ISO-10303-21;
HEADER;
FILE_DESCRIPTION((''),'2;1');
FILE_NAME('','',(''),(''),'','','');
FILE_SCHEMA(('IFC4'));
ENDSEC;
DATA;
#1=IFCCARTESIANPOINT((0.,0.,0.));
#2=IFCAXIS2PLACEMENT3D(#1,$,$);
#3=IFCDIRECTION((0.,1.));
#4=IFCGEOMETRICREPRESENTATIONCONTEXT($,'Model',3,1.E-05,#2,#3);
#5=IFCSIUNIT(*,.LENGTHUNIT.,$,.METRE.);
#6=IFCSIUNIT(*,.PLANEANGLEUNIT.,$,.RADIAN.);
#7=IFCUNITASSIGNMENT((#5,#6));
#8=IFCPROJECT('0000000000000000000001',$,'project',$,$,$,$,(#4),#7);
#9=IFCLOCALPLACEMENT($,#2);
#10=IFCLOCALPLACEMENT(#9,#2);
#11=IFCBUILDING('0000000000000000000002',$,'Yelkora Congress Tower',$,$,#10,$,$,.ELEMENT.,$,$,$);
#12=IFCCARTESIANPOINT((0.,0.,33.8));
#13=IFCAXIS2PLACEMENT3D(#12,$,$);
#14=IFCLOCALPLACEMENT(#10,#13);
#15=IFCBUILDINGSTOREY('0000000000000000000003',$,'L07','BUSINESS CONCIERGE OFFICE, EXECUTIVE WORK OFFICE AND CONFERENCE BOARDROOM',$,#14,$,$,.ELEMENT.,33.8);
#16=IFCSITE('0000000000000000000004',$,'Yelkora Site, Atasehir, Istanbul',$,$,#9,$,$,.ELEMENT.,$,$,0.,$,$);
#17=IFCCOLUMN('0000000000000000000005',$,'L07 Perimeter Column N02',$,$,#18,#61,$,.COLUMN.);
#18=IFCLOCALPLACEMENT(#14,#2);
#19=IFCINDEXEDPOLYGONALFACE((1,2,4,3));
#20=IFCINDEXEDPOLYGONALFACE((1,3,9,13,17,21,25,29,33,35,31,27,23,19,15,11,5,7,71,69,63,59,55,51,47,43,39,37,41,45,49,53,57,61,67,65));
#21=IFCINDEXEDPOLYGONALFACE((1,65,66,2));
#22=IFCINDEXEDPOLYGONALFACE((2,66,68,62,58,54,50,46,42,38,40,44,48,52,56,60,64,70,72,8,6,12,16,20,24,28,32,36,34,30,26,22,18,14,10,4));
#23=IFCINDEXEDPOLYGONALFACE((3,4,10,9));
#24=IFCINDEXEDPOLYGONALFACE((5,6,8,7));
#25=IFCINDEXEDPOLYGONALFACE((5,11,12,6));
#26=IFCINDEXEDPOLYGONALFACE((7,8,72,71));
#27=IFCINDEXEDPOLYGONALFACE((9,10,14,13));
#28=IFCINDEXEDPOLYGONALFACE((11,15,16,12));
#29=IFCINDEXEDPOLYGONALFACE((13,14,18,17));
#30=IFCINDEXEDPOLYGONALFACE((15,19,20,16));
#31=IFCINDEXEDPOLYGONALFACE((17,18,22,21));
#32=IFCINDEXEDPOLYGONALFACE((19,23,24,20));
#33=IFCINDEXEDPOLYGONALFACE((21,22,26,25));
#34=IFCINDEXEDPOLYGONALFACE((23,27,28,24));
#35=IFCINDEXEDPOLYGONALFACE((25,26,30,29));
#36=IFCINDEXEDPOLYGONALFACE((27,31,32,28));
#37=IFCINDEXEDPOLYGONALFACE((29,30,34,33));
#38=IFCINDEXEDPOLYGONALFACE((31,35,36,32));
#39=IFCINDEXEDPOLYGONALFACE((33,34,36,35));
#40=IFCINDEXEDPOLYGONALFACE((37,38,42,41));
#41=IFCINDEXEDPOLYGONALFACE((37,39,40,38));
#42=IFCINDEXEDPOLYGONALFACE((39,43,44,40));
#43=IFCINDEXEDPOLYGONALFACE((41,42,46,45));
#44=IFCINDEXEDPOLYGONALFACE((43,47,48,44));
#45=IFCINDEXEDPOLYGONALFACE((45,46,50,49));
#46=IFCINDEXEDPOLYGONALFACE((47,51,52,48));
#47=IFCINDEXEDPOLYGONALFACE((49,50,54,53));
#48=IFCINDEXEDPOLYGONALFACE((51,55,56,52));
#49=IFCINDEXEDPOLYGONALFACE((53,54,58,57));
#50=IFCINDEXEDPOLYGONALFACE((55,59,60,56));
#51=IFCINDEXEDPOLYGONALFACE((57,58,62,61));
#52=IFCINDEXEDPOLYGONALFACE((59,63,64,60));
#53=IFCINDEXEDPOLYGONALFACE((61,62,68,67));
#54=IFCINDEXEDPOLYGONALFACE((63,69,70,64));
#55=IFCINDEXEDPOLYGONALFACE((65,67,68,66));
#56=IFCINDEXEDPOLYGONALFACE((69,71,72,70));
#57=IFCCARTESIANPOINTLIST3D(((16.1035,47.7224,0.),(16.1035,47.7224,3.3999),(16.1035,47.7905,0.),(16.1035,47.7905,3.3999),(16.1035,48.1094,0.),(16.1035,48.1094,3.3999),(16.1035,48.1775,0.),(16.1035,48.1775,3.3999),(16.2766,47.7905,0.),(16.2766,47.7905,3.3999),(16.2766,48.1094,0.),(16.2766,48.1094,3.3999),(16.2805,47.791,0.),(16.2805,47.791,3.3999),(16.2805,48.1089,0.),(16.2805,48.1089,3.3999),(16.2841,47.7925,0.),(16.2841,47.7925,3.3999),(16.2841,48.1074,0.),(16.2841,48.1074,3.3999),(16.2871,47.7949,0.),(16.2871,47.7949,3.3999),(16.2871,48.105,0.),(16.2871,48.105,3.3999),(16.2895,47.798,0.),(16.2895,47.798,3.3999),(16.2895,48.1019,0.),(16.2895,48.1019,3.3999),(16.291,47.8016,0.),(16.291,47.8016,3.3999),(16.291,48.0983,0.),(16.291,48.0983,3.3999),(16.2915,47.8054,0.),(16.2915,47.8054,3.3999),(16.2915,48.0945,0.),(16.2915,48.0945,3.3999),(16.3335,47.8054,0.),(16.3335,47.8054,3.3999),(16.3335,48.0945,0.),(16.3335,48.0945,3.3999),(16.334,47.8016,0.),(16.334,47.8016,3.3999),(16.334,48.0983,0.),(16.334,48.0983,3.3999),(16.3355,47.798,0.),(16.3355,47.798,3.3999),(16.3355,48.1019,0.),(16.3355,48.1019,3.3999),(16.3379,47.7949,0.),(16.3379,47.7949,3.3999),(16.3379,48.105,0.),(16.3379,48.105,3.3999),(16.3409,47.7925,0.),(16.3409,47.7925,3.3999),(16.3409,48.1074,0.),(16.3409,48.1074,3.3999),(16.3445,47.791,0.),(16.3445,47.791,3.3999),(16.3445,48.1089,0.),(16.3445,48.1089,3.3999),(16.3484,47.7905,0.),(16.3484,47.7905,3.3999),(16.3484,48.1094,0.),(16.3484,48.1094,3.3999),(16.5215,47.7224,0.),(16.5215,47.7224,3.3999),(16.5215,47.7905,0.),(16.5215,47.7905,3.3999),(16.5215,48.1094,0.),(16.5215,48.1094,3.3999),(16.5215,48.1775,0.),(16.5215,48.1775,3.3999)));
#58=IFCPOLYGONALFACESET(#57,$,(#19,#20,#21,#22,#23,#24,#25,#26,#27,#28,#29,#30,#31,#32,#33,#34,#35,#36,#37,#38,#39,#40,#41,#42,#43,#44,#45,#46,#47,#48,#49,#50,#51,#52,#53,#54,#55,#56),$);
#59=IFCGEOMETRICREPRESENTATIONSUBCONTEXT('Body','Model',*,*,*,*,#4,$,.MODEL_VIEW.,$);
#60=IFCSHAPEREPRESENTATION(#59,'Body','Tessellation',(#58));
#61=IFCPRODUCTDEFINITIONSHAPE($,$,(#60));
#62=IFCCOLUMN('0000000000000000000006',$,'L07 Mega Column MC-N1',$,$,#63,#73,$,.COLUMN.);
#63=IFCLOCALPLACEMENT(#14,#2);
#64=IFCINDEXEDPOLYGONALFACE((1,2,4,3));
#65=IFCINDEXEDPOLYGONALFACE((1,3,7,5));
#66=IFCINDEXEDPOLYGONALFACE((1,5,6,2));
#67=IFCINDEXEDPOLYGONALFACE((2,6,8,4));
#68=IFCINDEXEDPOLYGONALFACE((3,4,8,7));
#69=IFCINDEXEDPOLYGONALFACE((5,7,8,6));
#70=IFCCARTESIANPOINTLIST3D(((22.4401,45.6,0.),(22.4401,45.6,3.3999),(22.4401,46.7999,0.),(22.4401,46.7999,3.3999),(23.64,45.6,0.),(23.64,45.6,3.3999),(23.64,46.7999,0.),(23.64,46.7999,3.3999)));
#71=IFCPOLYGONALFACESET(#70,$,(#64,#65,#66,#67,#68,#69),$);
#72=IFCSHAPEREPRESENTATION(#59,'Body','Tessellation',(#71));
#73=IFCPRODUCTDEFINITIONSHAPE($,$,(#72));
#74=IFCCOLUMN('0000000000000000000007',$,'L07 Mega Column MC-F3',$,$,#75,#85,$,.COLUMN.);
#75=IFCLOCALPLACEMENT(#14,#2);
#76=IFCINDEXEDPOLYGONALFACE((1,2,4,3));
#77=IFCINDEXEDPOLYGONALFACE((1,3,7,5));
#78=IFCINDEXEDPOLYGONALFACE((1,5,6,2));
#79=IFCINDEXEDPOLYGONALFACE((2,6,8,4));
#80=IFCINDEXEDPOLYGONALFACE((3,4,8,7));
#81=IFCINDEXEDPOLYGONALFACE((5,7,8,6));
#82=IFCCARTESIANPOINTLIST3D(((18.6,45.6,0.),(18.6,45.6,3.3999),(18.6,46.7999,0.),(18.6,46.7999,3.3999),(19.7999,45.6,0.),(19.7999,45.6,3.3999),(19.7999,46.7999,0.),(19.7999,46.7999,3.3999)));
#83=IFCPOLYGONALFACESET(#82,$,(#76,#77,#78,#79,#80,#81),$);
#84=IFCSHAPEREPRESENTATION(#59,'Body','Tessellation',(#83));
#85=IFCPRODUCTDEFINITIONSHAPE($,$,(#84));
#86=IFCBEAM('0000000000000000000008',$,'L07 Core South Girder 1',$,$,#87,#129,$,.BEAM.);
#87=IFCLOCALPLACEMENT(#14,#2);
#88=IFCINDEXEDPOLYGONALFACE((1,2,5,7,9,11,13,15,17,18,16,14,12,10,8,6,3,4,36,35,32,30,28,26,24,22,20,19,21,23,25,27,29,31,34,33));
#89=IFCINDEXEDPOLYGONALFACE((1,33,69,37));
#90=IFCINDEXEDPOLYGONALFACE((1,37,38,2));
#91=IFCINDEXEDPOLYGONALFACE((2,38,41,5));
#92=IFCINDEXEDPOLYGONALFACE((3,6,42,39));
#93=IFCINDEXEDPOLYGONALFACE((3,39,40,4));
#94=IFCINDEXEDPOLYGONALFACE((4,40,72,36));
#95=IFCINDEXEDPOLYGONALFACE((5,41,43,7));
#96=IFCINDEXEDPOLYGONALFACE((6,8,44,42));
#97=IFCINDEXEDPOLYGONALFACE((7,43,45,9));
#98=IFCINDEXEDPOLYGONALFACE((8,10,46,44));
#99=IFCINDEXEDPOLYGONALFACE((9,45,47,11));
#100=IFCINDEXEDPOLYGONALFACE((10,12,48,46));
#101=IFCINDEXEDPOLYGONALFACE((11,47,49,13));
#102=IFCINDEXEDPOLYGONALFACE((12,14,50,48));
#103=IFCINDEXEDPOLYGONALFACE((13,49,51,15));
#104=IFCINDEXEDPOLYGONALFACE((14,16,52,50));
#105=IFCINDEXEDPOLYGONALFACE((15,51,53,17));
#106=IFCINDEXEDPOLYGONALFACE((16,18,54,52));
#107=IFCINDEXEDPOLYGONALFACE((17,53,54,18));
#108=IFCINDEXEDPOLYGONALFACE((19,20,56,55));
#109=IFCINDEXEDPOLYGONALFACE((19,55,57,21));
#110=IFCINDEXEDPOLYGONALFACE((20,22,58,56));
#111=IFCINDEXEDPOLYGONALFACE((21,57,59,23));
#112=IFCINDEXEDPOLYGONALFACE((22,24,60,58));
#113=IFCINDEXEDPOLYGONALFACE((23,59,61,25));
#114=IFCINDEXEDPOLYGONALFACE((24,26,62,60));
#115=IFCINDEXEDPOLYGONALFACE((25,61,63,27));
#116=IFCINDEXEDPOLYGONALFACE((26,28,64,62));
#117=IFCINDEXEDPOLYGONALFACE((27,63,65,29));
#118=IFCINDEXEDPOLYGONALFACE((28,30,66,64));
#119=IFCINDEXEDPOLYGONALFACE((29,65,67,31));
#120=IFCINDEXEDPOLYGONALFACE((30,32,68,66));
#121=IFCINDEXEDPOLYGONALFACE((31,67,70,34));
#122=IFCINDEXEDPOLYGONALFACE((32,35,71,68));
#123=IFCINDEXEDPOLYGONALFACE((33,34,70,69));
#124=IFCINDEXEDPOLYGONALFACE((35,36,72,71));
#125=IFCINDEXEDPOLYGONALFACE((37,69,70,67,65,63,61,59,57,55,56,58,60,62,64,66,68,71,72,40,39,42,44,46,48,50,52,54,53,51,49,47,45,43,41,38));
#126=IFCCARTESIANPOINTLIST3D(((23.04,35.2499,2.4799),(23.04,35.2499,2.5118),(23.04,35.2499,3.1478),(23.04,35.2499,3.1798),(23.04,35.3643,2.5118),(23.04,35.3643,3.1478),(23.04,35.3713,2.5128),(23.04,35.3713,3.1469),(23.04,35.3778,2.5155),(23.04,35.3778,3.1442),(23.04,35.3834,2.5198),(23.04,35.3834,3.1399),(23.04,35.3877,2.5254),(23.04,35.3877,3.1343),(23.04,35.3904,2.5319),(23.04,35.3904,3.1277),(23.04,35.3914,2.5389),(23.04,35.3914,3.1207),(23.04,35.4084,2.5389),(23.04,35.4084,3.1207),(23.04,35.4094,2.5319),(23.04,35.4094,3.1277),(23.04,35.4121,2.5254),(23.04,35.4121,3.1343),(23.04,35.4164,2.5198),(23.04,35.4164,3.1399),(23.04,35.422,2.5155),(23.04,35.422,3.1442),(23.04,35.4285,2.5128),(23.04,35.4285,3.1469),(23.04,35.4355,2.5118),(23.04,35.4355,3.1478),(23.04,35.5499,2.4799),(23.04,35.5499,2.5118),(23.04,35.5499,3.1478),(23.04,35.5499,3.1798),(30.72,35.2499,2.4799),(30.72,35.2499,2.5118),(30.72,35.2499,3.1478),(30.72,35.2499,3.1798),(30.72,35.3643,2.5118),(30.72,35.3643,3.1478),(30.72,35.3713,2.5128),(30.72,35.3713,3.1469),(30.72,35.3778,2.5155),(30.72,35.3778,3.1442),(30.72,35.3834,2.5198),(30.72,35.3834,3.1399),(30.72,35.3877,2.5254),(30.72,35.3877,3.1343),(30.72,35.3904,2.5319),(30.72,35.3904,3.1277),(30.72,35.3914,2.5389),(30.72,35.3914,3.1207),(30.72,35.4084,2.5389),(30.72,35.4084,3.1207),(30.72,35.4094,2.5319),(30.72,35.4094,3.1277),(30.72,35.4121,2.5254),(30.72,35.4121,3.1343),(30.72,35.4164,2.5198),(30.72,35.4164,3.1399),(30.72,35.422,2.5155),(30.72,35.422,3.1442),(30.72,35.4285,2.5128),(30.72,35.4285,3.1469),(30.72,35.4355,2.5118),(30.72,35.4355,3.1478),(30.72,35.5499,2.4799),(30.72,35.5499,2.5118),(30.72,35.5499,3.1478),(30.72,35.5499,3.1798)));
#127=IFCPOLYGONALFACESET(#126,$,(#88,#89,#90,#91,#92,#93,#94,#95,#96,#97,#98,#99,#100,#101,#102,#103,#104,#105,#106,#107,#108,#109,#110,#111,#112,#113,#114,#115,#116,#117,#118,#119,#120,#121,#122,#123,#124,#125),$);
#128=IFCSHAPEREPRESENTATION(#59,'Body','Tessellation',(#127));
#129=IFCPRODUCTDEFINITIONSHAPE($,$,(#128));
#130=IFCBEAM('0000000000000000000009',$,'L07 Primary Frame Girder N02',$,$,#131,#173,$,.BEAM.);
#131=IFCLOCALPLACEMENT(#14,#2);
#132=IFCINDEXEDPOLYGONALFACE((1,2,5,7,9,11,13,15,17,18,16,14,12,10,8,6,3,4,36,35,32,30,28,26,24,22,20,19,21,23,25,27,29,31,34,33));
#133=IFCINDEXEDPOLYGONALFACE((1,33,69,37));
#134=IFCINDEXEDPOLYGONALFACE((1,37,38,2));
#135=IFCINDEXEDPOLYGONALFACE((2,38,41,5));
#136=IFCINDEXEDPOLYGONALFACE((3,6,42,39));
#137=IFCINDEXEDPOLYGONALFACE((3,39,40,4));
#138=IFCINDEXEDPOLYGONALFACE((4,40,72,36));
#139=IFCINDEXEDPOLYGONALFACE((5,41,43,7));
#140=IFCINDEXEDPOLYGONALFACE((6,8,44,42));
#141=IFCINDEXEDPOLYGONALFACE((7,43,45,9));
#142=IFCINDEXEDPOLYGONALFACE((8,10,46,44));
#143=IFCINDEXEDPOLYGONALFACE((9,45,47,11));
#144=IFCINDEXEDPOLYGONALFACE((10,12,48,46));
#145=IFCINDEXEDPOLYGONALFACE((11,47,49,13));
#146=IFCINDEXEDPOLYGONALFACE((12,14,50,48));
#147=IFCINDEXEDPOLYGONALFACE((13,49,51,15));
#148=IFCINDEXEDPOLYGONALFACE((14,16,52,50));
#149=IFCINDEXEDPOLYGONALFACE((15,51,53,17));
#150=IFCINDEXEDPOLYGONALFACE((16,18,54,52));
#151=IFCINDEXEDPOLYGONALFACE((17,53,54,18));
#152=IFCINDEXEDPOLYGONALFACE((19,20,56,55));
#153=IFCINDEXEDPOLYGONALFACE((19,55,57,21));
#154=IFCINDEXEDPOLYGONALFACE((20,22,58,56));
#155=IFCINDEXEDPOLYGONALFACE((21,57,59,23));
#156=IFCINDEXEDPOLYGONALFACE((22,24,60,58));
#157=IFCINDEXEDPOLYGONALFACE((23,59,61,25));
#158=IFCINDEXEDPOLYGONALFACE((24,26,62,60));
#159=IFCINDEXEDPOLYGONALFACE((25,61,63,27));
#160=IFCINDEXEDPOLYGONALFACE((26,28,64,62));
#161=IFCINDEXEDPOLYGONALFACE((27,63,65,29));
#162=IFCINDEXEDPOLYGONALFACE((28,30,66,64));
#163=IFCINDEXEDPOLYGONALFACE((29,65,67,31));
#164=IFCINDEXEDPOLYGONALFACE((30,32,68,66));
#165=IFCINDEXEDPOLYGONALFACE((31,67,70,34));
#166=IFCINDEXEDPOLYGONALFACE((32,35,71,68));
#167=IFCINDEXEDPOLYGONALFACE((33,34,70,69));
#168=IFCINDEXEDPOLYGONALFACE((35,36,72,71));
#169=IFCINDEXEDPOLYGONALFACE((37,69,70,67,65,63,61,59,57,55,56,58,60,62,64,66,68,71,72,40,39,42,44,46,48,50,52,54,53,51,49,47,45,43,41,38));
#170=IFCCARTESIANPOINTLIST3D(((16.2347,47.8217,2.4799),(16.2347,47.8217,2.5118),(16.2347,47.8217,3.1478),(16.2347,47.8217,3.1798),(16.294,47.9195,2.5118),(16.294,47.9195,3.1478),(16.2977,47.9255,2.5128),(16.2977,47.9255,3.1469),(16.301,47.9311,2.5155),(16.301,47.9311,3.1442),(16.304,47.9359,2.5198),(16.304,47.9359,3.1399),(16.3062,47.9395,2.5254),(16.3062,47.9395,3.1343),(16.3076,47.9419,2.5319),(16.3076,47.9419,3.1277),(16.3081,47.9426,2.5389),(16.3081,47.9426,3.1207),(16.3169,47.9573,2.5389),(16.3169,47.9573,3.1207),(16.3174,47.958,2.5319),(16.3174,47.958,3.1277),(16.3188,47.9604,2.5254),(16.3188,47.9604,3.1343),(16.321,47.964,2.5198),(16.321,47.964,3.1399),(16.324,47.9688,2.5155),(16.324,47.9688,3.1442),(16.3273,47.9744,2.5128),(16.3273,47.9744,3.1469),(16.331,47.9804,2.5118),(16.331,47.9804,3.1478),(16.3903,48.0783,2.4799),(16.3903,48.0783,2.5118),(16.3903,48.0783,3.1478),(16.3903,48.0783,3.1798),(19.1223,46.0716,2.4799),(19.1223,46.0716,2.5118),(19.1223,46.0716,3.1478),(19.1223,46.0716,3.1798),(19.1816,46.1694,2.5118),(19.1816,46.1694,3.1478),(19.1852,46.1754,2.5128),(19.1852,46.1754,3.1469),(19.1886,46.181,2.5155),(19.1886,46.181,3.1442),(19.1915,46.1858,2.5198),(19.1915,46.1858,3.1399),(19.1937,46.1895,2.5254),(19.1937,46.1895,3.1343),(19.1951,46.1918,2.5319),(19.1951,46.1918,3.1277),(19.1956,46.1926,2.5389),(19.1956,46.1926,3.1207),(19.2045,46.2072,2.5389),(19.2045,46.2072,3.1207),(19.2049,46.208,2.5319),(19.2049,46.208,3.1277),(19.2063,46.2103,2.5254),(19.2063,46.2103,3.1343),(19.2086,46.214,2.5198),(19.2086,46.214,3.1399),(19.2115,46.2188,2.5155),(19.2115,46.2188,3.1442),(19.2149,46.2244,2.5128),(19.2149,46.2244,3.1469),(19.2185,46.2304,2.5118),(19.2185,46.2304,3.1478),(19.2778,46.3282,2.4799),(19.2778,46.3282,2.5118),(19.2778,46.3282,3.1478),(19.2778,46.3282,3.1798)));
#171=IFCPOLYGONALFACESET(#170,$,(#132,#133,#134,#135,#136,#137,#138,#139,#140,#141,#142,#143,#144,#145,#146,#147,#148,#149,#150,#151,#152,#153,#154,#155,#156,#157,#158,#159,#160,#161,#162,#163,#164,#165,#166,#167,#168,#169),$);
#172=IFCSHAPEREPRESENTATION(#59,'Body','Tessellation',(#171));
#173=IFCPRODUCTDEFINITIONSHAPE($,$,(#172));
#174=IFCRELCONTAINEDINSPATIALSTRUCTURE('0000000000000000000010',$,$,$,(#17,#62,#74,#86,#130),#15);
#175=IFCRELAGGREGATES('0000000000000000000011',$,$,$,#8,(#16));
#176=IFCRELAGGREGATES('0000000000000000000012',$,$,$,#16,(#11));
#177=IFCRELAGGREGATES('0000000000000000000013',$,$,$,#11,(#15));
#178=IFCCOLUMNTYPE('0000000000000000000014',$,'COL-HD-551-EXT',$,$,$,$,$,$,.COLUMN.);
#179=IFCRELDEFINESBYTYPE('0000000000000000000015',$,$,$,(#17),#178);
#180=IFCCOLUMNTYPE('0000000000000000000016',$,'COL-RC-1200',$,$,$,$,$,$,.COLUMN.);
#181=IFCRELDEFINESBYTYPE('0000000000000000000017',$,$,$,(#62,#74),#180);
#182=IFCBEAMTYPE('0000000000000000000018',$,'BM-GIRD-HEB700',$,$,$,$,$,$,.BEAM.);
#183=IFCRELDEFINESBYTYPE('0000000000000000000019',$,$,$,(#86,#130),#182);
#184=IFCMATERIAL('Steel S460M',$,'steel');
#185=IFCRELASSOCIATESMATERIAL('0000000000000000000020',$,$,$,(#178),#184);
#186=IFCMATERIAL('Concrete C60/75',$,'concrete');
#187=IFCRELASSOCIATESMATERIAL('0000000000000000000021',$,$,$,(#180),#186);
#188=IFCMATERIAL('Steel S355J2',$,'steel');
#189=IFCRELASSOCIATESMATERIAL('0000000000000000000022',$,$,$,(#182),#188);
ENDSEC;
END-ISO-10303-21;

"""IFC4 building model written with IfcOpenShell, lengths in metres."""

from ifc_helpers import new_model, si_unit, direction, frame, origin, origin_2d, place, context, subcontext, project, spatial, rectangle, i_section, extrude, material, material_profile, profile_set, type_object, element, save


model = new_model("IFC4")

# Units and contexts
model_context = context("Model", 3, precision=1e-05, world=origin(), true_north=direction((0.0, 1.0)))
body_context = subcontext(model_context, "Body", "Model", "MODEL_VIEW")
ifc_project = project(units=[si_unit("LENGTHUNIT", "METRE"), si_unit("PLANEANGLEUNIT", "RADIAN")], contexts=[model_context])

# Site, building, storey
site_placement = place(None, origin())
site = spatial("IfcSite", under=ifc_project, at=site_placement, Name="Yelkora Site, Atasehir, Istanbul", CompositionType="ELEMENT", RefElevation=0.0)
building_placement = place(site_placement, origin())
building = spatial("IfcBuilding", under=site, at=building_placement, Name="Yelkora Congress Tower", CompositionType="ELEMENT")
storey_placement = place(building_placement, frame((0.0, 0.0, 33.8)))
storey = spatial("IfcBuildingStorey", under=building, at=storey_placement, Name="L07", Description="BUSINESS CONCIERGE OFFICE, EXECUTIVE WORK OFFICE AND CONFERENCE BOARDROOM", CompositionType="ELEMENT", Elevation=33.8)

# Columns
ifc_material_1 = material(Name="Steel S460M", Category="steel")
ifc_material_profile_1 = material_profile(ifc_material_1, i_section(OverallWidth=0.418, OverallDepth=0.4551, WebThickness=0.042, FlangeThickness=0.0681, FilletRadius=0.0149, at=origin_2d()), Name="HD 400x551")
ifc_profile_set_1 = profile_set([ifc_material_profile_1], Name="Steel S460M")
column_type_1 = type_object("IfcColumnType", Name="COL-HD-551-EXT", PredefinedType="COLUMN", material=ifc_profile_set_1)
column_placement = place(storey_placement, frame((16.3125, 47.95, 0.0), z_axis=(0.0, 0.0, 1.0), x_axis=(1.0, 0.0, 0.0)))
element("IfcColumn", 1, at=column_placement, inside=storey, type_object=column_type_1, Name="L07 Perimeter Column N02", PredefinedType="COLUMN", context=body_context, shape_type="SweptSolid", body=[
    extrude(i_section(OverallWidth=0.418, OverallDepth=0.4551, WebThickness=0.042, FlangeThickness=0.0681, FilletRadius=0.0149, at=origin_2d()), origin(), (0.0, 0.0, 1.0), 3.3999),
])
ifc_material_2 = material(Name="Concrete C60/75", Category="concrete")
ifc_material_profile_2 = material_profile(ifc_material_2, rectangle(XDim=1.2, YDim=1.2, at=origin_2d()), Name="RC 1200x1200")
ifc_profile_set_2 = profile_set([ifc_material_profile_2], Name="Concrete C60/75")
column_type_2 = type_object("IfcColumnType", Name="COL-RC-1200", PredefinedType="COLUMN", material=ifc_profile_set_2)
for number, where, z_axis, x_axis, name in (
    (2, (23.04, 46.2, 0.0), (0.0, 0.0, 1.0), (1.0, 0.0, 0.0), "L07 Mega Column MC-N1"),
    (3, (19.2, 46.2, 0.0), (0.0, 0.0, 1.0), (1.0, 0.0, 0.0), "L07 Mega Column MC-F3"),
):
    element("IfcColumn", number, at=place(storey_placement, frame(where, z_axis=z_axis, x_axis=x_axis)), inside=storey, type_object=column_type_2, Name=name, PredefinedType="COLUMN", context=body_context, shape_type="SweptSolid", body=[
        extrude(rectangle(XDim=1.2, YDim=1.2, at=origin_2d()), origin(), (0.0, 0.0, 1.0), 3.3999),
    ])

# Beams
ifc_material_3 = material(Name="Steel S355J2", Category="steel")
ifc_material_profile_3 = material_profile(ifc_material_3, i_section(OverallWidth=0.3, OverallDepth=0.7, WebThickness=0.0171, FlangeThickness=0.032, FilletRadius=0.0271, at=origin_2d()), Name="HEB 700")
ifc_profile_set_3 = profile_set([ifc_material_profile_3], Name="Steel S355J2")
beam_type_1 = type_object("IfcBeamType", Name="BM-GIRD-HEB700", PredefinedType="BEAM", material=ifc_profile_set_3)
beam_1_placement = place(storey_placement, frame((23.04, 35.3999, 2.8298), z_axis=(1.0, 0.0, 0.0), x_axis=(0.0, 1.0, 0.0)))
element("IfcBeam", 4, at=beam_1_placement, inside=storey, type_object=beam_type_1, Name="L07 Core South Girder 1", PredefinedType="BEAM", context=body_context, shape_type="SweptSolid", body=[
    extrude(i_section(OverallWidth=0.3, OverallDepth=0.7, WebThickness=0.0171, FlangeThickness=0.032, FilletRadius=0.0271, at=origin_2d()), origin(), (0.0, 0.0, 1.0), 7.6799),
])
beam_2_placement = place(storey_placement, frame((16.3125, 47.95, 2.8298), z_axis=(0.855194, -0.518308, 0.0), x_axis=(0.518308, 0.855194, 0.0)))
element("IfcBeam", 5, at=beam_2_placement, inside=storey, type_object=beam_type_1, Name="L07 Primary Frame Girder N02", PredefinedType="BEAM", context=body_context, shape_type="SweptSolid", body=[
    extrude(i_section(OverallWidth=0.3, OverallDepth=0.7, WebThickness=0.0171, FlangeThickness=0.032, FilletRadius=0.0271, at=origin_2d()), origin(), (0.0, 0.0, 1.0), 3.3765),
])

save(model, "model.ifc")
